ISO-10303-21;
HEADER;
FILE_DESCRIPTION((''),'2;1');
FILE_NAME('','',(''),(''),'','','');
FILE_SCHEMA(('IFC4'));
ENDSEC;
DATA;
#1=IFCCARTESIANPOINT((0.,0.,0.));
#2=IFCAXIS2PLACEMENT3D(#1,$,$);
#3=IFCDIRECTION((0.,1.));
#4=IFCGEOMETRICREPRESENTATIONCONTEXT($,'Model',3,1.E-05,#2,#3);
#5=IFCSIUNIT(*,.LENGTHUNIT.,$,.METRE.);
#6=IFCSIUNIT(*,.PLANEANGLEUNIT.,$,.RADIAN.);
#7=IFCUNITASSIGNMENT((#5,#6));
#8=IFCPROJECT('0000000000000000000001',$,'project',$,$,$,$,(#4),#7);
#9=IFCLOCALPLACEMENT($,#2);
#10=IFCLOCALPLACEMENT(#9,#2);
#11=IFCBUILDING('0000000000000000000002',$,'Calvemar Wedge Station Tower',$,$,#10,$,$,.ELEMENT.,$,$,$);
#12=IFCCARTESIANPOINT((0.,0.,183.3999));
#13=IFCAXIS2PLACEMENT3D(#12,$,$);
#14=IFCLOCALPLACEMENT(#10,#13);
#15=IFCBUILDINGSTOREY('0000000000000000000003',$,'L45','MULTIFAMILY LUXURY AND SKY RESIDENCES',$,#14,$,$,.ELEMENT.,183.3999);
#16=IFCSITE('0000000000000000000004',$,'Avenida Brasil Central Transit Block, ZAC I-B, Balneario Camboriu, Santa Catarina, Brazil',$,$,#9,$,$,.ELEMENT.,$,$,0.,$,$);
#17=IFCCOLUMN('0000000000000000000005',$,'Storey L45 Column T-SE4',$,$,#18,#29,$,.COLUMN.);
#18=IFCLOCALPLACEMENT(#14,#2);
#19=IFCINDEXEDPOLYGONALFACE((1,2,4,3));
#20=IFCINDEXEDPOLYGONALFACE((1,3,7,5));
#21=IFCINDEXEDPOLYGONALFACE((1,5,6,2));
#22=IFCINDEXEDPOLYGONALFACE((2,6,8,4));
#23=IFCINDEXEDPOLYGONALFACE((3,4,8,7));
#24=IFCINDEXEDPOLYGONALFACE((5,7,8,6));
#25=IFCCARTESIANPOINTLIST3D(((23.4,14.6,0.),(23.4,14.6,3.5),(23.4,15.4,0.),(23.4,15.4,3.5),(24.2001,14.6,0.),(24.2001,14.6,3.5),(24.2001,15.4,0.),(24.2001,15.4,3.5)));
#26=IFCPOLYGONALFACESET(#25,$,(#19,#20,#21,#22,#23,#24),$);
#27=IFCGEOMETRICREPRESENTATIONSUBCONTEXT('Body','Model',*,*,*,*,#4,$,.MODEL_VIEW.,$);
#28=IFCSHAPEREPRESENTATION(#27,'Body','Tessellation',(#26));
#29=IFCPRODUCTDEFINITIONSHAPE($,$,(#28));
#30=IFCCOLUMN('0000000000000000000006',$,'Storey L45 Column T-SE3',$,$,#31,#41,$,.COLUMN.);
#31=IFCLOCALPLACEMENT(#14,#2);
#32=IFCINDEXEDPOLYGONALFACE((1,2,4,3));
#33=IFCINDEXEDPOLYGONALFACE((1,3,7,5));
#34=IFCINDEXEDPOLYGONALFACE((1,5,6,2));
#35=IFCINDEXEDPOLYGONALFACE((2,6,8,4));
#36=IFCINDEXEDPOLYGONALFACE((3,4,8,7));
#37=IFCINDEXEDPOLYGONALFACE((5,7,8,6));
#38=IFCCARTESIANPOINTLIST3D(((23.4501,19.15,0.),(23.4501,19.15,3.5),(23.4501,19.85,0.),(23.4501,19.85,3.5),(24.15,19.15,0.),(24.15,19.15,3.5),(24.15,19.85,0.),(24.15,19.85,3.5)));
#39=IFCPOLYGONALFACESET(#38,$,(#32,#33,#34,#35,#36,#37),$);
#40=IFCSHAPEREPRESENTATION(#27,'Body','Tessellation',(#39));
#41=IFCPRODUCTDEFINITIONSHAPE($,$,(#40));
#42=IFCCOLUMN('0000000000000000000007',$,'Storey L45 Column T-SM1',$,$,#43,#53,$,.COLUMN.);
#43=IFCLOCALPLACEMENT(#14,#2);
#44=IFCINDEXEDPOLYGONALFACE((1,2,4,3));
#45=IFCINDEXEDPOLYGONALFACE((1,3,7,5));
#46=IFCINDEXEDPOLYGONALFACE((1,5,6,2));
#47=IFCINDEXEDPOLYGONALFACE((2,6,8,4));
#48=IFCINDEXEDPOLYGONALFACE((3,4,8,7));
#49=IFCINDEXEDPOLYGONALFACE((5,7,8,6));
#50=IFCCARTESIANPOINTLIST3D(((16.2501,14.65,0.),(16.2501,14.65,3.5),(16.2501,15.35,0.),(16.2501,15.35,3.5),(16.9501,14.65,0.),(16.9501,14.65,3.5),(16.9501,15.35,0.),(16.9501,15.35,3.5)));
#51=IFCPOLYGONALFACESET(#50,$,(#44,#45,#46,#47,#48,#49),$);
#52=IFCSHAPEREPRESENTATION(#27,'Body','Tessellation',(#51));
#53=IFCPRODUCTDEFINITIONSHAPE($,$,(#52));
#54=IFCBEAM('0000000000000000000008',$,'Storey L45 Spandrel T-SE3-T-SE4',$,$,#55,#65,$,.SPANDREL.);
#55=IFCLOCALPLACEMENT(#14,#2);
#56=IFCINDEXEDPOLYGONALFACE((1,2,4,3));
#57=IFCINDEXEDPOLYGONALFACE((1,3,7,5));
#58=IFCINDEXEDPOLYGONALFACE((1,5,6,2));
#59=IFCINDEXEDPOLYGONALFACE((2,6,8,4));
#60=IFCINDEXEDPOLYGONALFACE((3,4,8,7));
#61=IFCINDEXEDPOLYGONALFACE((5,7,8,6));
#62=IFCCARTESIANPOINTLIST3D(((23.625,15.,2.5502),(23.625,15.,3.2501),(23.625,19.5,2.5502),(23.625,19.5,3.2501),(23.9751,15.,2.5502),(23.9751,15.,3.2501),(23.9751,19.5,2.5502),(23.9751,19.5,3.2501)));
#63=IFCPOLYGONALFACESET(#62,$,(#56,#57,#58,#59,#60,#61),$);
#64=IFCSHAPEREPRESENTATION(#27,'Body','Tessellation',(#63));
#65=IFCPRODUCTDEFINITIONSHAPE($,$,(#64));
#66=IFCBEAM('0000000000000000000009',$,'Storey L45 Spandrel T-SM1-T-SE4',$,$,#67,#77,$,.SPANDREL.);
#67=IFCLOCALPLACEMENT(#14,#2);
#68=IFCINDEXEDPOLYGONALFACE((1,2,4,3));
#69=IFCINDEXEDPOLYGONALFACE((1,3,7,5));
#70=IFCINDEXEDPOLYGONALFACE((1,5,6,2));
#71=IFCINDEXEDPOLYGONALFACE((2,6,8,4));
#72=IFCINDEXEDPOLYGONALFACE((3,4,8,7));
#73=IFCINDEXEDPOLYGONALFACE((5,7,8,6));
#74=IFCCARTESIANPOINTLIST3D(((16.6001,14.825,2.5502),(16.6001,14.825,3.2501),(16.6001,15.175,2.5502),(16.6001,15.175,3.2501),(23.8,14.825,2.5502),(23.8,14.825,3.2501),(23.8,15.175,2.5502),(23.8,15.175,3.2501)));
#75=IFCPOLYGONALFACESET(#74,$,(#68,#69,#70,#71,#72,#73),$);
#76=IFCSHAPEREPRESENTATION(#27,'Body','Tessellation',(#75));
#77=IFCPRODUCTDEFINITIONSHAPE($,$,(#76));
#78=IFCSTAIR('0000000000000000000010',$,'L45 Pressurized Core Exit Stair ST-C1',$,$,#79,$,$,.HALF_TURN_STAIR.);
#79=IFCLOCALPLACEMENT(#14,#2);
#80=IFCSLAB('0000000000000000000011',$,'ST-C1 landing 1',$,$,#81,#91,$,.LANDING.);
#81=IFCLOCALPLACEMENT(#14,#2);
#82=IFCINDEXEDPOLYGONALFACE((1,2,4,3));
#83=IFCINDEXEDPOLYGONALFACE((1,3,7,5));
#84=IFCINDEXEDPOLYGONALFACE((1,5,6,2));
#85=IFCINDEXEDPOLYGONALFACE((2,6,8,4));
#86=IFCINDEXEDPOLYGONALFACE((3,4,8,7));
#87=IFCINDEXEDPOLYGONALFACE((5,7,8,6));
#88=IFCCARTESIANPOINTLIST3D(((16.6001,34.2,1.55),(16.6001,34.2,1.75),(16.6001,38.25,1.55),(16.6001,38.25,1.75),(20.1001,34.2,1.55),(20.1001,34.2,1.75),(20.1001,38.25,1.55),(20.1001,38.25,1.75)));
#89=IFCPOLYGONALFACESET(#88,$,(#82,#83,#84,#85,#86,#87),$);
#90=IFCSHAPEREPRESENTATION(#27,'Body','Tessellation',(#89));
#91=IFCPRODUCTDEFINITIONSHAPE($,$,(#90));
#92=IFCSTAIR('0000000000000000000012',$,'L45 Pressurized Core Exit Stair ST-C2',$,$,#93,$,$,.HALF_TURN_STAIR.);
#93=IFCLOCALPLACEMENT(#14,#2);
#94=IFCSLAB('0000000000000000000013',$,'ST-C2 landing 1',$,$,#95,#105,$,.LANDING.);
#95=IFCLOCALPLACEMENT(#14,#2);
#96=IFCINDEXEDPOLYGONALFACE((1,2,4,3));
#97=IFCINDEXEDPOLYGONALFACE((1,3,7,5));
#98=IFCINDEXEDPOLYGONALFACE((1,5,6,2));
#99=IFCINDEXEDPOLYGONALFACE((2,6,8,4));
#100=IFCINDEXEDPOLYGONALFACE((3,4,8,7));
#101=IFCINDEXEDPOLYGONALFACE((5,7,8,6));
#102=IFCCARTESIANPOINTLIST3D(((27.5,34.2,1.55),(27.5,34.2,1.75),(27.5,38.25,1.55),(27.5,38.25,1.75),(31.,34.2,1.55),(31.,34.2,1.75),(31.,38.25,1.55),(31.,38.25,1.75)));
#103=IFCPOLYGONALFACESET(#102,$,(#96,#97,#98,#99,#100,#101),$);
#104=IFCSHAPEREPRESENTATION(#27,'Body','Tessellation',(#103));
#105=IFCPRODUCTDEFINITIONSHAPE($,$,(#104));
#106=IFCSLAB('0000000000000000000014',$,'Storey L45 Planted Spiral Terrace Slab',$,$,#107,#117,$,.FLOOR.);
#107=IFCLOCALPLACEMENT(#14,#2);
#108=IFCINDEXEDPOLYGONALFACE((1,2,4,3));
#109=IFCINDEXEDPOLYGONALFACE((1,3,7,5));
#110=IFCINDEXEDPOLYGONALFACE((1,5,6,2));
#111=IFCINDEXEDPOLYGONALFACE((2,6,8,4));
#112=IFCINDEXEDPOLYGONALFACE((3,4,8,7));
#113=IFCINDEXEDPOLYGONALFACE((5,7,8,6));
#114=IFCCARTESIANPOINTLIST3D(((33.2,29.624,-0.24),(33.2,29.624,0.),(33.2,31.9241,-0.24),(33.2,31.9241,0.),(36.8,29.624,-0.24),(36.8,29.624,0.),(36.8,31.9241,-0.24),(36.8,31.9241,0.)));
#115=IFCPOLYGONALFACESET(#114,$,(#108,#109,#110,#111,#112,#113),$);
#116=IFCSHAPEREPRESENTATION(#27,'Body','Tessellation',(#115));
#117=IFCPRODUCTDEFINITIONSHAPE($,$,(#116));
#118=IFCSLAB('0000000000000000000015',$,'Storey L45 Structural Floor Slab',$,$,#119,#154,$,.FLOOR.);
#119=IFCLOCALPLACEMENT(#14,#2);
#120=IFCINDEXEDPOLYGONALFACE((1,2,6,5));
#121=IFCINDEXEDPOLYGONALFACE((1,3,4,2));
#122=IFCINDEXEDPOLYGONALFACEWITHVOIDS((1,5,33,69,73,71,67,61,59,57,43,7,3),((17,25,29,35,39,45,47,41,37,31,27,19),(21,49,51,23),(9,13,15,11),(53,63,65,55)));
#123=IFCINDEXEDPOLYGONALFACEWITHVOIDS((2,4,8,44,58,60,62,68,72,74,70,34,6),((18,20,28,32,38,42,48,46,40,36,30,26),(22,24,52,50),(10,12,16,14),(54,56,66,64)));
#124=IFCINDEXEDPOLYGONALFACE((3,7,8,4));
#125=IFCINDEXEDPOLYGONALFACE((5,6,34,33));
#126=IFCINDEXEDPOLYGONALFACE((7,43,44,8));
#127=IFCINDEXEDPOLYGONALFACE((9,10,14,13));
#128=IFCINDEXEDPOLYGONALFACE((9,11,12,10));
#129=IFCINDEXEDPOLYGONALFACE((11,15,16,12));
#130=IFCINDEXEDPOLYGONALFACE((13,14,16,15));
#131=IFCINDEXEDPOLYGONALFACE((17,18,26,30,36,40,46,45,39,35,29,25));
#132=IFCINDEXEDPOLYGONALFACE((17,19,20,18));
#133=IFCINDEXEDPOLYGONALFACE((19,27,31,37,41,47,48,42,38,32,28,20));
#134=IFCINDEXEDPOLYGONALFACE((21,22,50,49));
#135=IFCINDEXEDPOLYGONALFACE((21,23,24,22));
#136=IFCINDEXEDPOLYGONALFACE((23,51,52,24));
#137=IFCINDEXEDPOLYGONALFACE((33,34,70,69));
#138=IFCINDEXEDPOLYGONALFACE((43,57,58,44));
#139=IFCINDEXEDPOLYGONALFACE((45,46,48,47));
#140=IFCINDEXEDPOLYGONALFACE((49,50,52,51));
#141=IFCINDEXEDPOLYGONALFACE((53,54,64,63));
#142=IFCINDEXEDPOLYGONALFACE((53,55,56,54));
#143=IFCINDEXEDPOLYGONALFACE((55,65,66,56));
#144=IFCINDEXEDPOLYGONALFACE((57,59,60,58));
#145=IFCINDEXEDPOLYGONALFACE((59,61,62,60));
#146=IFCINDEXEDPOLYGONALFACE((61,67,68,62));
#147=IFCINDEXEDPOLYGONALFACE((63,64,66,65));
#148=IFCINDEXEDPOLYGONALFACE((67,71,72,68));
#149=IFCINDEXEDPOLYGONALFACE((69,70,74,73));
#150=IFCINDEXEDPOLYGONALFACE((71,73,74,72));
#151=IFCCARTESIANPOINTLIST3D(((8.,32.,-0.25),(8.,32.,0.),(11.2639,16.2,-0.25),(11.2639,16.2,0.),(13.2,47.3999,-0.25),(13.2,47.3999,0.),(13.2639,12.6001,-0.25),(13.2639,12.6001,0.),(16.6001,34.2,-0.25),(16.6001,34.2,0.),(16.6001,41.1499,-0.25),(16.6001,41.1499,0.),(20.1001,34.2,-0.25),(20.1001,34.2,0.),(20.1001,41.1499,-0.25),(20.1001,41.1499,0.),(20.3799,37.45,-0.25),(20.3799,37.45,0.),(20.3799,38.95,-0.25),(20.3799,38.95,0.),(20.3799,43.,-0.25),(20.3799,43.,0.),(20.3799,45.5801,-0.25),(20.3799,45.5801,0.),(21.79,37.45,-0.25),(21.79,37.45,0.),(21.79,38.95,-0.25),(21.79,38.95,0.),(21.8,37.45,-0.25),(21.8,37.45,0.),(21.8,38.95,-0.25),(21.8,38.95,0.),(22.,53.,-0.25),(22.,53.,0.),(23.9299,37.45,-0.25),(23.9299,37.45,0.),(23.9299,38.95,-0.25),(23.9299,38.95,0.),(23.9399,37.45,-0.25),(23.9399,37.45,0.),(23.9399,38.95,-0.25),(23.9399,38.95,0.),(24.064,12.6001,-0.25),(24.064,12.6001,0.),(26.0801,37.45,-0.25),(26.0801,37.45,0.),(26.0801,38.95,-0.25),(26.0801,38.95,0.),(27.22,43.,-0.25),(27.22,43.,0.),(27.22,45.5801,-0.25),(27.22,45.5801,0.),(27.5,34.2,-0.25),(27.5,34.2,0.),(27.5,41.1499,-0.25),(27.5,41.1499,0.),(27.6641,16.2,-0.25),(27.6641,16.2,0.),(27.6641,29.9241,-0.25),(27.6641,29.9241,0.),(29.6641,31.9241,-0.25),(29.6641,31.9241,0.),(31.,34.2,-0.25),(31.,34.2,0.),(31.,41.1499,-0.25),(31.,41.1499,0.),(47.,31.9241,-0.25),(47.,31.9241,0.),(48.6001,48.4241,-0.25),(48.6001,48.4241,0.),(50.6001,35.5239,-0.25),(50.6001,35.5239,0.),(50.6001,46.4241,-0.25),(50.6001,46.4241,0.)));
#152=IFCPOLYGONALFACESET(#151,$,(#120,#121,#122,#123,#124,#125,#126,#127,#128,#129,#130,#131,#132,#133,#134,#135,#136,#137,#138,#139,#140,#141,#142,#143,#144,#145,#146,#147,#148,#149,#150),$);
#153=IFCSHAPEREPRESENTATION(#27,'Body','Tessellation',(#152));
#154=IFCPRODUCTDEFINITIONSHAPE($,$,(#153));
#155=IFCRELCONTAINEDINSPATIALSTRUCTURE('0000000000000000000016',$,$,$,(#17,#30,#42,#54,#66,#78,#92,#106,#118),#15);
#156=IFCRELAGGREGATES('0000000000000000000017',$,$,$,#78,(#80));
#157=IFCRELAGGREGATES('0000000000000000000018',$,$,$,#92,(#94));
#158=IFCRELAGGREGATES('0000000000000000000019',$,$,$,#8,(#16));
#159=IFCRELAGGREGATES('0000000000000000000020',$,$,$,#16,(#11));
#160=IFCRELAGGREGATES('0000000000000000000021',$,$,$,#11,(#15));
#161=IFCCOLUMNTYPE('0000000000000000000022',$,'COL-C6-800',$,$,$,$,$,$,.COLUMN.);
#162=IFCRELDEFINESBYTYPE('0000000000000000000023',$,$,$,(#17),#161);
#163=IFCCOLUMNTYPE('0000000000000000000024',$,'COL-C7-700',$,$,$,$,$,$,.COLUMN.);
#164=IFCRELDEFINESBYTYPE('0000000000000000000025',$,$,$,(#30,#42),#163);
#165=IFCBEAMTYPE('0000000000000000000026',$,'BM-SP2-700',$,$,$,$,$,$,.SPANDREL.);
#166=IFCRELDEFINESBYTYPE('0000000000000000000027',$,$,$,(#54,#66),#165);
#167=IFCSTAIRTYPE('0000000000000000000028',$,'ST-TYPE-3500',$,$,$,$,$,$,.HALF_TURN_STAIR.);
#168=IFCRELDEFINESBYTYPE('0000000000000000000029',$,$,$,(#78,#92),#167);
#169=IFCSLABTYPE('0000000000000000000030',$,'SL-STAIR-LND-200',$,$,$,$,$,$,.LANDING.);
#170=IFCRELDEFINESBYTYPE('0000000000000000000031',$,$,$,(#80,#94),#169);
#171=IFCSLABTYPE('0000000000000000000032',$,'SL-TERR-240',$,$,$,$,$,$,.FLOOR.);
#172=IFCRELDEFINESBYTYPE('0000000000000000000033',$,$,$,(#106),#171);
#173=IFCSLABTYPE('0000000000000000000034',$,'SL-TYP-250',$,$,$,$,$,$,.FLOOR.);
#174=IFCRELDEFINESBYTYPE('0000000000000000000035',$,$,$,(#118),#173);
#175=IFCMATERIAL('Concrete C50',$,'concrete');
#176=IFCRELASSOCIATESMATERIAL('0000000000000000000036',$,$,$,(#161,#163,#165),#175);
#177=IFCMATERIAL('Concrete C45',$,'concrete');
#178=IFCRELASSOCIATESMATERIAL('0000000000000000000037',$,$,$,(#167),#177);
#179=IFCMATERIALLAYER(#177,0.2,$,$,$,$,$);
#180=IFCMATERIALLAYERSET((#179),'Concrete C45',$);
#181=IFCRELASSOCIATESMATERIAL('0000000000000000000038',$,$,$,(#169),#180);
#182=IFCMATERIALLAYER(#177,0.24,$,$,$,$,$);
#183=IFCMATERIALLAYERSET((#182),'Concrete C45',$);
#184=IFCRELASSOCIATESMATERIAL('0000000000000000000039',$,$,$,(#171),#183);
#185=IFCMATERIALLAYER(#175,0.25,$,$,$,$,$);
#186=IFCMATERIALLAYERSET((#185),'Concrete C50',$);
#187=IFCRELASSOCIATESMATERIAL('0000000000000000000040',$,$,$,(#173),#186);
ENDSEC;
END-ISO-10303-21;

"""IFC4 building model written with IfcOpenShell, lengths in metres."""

from ifc_helpers import new_model, si_unit, direction, frame, origin, origin_2d, place, context, subcontext, project, spatial, polyline, rectangle, outline, extrude, source, transform, mapped, material, layer, layer_set, material_profile, profile_set, type_object, element, aggregate, save


model = new_model("IFC4")

# Units and contexts
model_context = context("Model", 3, precision=1e-05, world=origin(), true_north=direction((0.0, 1.0)))
body_context = subcontext(model_context, "Body", "Model", "MODEL_VIEW")
ifc_project = project(units=[si_unit("LENGTHUNIT", "METRE"), si_unit("PLANEANGLEUNIT", "RADIAN")], contexts=[model_context])

# Site, building, storey
site_placement = place(None, origin())
site = spatial("IfcSite", under=ifc_project, at=site_placement, Name="Avenida Brasil Central Transit Block, ZAC I-B, Balneario Camboriu, Santa Catarina, Brazil", CompositionType="ELEMENT", RefElevation=0.0)
building_placement = place(site_placement, origin())
building = spatial("IfcBuilding", under=site, at=building_placement, Name="Calvemar Wedge Station Tower", CompositionType="ELEMENT")
storey_placement = place(building_placement, frame((0.0, 0.0, 183.3999)))
storey = spatial("IfcBuildingStorey", under=building, at=storey_placement, Name="L45", Description="MULTIFAMILY LUXURY AND SKY RESIDENCES", CompositionType="ELEMENT", Elevation=183.3999)

# Columns
ifc_material_1 = material(Name="Concrete C50", Category="concrete")
ifc_material_profile_1 = material_profile(ifc_material_1, rectangle(XDim=0.8, YDim=0.8, at=origin_2d()), Name="RC800x800")
ifc_profile_set_1 = profile_set([ifc_material_profile_1], Name="Concrete C50")
column_type_1 = type_object("IfcColumnType", Name="COL-C6-800", PredefinedType="COLUMN", material=ifc_profile_set_1)
shared_shape_1 = source(origin(), body_context, "Body", "SweptSolid", [
    extrude(rectangle(XDim=0.8, YDim=0.8, at=origin_2d()), origin(), (0.0, 0.0, 1.0), 3.5),
])
column_placement = place(storey_placement, frame((23.8, 15.0, 0.0), z_axis=(0.0, 0.0, 1.0), x_axis=(1.0, 0.0, 0.0)))
element("IfcColumn", 1, at=column_placement, inside=storey, type_object=column_type_1, Name="Storey L45 Column T-SE4", PredefinedType="COLUMN", context=body_context, shape_type="MappedRepresentation", body=[
    mapped(shared_shape_1, transform((0.0, 0.0, 0.0), scale=1.0)),
])
ifc_material_profile_2 = material_profile(ifc_material_1, rectangle(XDim=0.7, YDim=0.7, at=origin_2d()), Name="RC700x700")
ifc_profile_set_2 = profile_set([ifc_material_profile_2], Name="Concrete C50")
column_type_2 = type_object("IfcColumnType", Name="COL-C7-700", PredefinedType="COLUMN", material=ifc_profile_set_2)
shared_shape_2 = source(origin(), body_context, "Body", "SweptSolid", [
    extrude(rectangle(XDim=0.7, YDim=0.7, at=origin_2d()), origin(), (0.0, 0.0, 1.0), 3.5),
])
for number, where, z_axis, x_axis, name in (
    (2, (23.8, 19.5, 0.0), (0.0, 0.0, 1.0), (1.0, 0.0, 0.0), "Storey L45 Column T-SE3"),
    (3, (16.6001, 15.0, 0.0), (0.0, 0.0, 1.0), (1.0, 0.0, 0.0), "Storey L45 Column T-SM1"),
):
    element("IfcColumn", number, at=place(storey_placement, frame(where, z_axis=z_axis, x_axis=x_axis)), inside=storey, type_object=column_type_2, Name=name, PredefinedType="COLUMN", context=body_context, shape_type="MappedRepresentation", body=[
        mapped(shared_shape_2, transform((0.0, 0.0, 0.0), scale=1.0)),
    ])

# Beams
ifc_material_profile_3 = material_profile(ifc_material_1, rectangle(XDim=0.3501, YDim=0.7, at=origin_2d()), Name="RC350x700")
ifc_profile_set_3 = profile_set([ifc_material_profile_3], Name="Concrete C50")
beam_type = type_object("IfcBeamType", Name="BM-SP2-700", PredefinedType="SPANDREL", material=ifc_profile_set_3)
shared_shape_3 = source(origin(), body_context, "Body", "SweptSolid", [
    extrude(rectangle(XDim=0.3501, YDim=0.7, at=origin_2d()), origin(), (0.0, 0.0, 1.0), 4.5),
])
beam_1_placement = place(storey_placement, frame((23.8, 19.5, 2.9001), z_axis=(0.0, -1.0, 0.0), x_axis=(1.0, 0.0, 0.0)))
element("IfcBeam", 4, at=beam_1_placement, inside=storey, type_object=beam_type, Name="Storey L45 Spandrel T-SE3-T-SE4", PredefinedType="SPANDREL", context=body_context, shape_type="MappedRepresentation", body=[
    mapped(shared_shape_3, transform((0.0, 0.0, 0.0), scale=1.0)),
])
shared_shape_4 = source(origin(), body_context, "Body", "SweptSolid", [
    extrude(rectangle(XDim=0.3501, YDim=0.7, at=origin_2d()), origin(), (0.0, 0.0, 1.0), 7.2),
])
beam_2_placement = place(storey_placement, frame((16.6001, 15.0, 2.9001), z_axis=(1.0, 0.0, 0.0), x_axis=(0.0, 1.0, 0.0)))
element("IfcBeam", 5, at=beam_2_placement, inside=storey, type_object=beam_type, Name="Storey L45 Spandrel T-SM1-T-SE4", PredefinedType="SPANDREL", context=body_context, shape_type="MappedRepresentation", body=[
    mapped(shared_shape_4, transform((0.0, 0.0, 0.0), scale=1.0)),
])

# Stairs, slabs
ifc_material_2 = material(Name="Concrete C45", Category="concrete")
stair_type = type_object("IfcStairType", Name="ST-TYPE-3500", PredefinedType="HALF_TURN_STAIR", material=ifc_material_2)
stair_1_placement = place(storey_placement, origin())
stair_1 = element("IfcStair", 6, at=stair_1_placement, inside=storey, type_object=stair_type, Name="L45 Pressurized Core Exit Stair ST-C1", PredefinedType="HALF_TURN_STAIR")
ifc_layer_1 = layer(ifc_material_2, 0.2)
ifc_layer_set_1 = layer_set([ifc_layer_1], Name="Concrete C45")
slab_type_1 = type_object("IfcSlabType", Name="SL-STAIR-LND-200", PredefinedType="LANDING", material=ifc_layer_set_1)
slab_1_placement = place(storey_placement, frame((0.0, 0.0, 1.55)))
slab_1 = element("IfcSlab", 7, at=slab_1_placement, type_object=slab_type_1, Name="ST-C1 landing 1", PredefinedType="LANDING", context=body_context, shape_type="SweptSolid", body=[
    extrude(outline(polyline([(16.6001, 38.25), (16.6001, 34.2), (20.1001, 34.2), (20.1001, 38.25), (16.6001, 38.25)])), origin(), (0.0, 0.0, 1.0), 0.2),
])
aggregate(stair_1, [slab_1])
stair_2_placement = place(storey_placement, origin())
stair_2 = element("IfcStair", 8, at=stair_2_placement, inside=storey, type_object=stair_type, Name="L45 Pressurized Core Exit Stair ST-C2", PredefinedType="HALF_TURN_STAIR")
slab_2_placement = place(storey_placement, frame((0.0, 0.0, 1.55)))
slab_2 = element("IfcSlab", 9, at=slab_2_placement, type_object=slab_type_1, Name="ST-C2 landing 1", PredefinedType="LANDING", context=body_context, shape_type="SweptSolid", body=[
    extrude(outline(polyline([(27.5, 38.25), (27.5, 34.2), (31.0, 34.2), (31.0, 38.25), (27.5, 38.25)])), origin(), (0.0, 0.0, 1.0), 0.2),
])
aggregate(stair_2, [slab_2])

# Slabs
ifc_layer_2 = layer(ifc_material_2, 0.24)
ifc_layer_set_2 = layer_set([ifc_layer_2], Name="Concrete C45")
slab_type_2 = type_object("IfcSlabType", Name="SL-TERR-240", PredefinedType="FLOOR", material=ifc_layer_set_2)
slab_3_placement = place(storey_placement, frame((0.0, 0.0, -0.24)))
element("IfcSlab", 10, at=slab_3_placement, inside=storey, type_object=slab_type_2, Name="Storey L45 Planted Spiral Terrace Slab", PredefinedType="FLOOR", context=body_context, shape_type="SweptSolid", body=[
    extrude(outline(polyline([(33.2, 31.9241), (33.2, 29.624), (36.8, 29.624), (36.8, 31.9241), (33.2, 31.9241)])), origin(), (0.0, 0.0, 1.0), 0.24),
])
ifc_layer_3 = layer(ifc_material_1, 0.25)
ifc_layer_set_3 = layer_set([ifc_layer_3], Name="Concrete C50")
slab_type_3 = type_object("IfcSlabType", Name="SL-TYP-250", PredefinedType="FLOOR", material=ifc_layer_set_3)
slab_4_placement = place(storey_placement, frame((0.0, 0.0, -0.25)))
element("IfcSlab", 11, at=slab_4_placement, inside=storey, type_object=slab_type_3, Name="Storey L45 Structural Floor Slab", PredefinedType="FLOOR", context=body_context, shape_type="SweptSolid", body=[
    extrude(outline(polyline([(8.0, 32.0), (11.2639, 16.2), (13.2639, 12.6001), (24.064, 12.6001), (27.6641, 16.2), (27.6641, 29.9241), (29.6641, 31.9241), (47.0, 31.9241), (50.6001, 35.5239), (50.6001, 46.4241), (48.6001, 48.4241), (22.0, 53.0), (13.2, 47.3999), (8.0, 32.0)]), holes=[polyline([(20.1001, 34.2), (20.1001, 41.1499), (16.6001, 41.1499), (16.6001, 34.2), (20.1001, 34.2)]), polyline([(27.5, 34.2), (31.0, 34.2), (31.0, 41.1499), (27.5, 41.1499), (27.5, 34.2)]), polyline([(21.8, 37.45), (23.9299, 37.45), (23.9399, 37.45), (26.0801, 37.45), (26.0801, 38.95), (23.9399, 38.95), (23.9299, 38.95), (21.8, 38.95), (21.79, 38.95), (20.3799, 38.95), (20.3799, 37.45), (21.79, 37.45), (21.8, 37.45)]), polyline([(27.22, 43.0), (27.22, 45.5801), (20.3799, 45.5801), (20.3799, 43.0), (27.22, 43.0)])]), origin(), (0.0, 0.0, 1.0), 0.25),
])

save(model, "model.ifc")
